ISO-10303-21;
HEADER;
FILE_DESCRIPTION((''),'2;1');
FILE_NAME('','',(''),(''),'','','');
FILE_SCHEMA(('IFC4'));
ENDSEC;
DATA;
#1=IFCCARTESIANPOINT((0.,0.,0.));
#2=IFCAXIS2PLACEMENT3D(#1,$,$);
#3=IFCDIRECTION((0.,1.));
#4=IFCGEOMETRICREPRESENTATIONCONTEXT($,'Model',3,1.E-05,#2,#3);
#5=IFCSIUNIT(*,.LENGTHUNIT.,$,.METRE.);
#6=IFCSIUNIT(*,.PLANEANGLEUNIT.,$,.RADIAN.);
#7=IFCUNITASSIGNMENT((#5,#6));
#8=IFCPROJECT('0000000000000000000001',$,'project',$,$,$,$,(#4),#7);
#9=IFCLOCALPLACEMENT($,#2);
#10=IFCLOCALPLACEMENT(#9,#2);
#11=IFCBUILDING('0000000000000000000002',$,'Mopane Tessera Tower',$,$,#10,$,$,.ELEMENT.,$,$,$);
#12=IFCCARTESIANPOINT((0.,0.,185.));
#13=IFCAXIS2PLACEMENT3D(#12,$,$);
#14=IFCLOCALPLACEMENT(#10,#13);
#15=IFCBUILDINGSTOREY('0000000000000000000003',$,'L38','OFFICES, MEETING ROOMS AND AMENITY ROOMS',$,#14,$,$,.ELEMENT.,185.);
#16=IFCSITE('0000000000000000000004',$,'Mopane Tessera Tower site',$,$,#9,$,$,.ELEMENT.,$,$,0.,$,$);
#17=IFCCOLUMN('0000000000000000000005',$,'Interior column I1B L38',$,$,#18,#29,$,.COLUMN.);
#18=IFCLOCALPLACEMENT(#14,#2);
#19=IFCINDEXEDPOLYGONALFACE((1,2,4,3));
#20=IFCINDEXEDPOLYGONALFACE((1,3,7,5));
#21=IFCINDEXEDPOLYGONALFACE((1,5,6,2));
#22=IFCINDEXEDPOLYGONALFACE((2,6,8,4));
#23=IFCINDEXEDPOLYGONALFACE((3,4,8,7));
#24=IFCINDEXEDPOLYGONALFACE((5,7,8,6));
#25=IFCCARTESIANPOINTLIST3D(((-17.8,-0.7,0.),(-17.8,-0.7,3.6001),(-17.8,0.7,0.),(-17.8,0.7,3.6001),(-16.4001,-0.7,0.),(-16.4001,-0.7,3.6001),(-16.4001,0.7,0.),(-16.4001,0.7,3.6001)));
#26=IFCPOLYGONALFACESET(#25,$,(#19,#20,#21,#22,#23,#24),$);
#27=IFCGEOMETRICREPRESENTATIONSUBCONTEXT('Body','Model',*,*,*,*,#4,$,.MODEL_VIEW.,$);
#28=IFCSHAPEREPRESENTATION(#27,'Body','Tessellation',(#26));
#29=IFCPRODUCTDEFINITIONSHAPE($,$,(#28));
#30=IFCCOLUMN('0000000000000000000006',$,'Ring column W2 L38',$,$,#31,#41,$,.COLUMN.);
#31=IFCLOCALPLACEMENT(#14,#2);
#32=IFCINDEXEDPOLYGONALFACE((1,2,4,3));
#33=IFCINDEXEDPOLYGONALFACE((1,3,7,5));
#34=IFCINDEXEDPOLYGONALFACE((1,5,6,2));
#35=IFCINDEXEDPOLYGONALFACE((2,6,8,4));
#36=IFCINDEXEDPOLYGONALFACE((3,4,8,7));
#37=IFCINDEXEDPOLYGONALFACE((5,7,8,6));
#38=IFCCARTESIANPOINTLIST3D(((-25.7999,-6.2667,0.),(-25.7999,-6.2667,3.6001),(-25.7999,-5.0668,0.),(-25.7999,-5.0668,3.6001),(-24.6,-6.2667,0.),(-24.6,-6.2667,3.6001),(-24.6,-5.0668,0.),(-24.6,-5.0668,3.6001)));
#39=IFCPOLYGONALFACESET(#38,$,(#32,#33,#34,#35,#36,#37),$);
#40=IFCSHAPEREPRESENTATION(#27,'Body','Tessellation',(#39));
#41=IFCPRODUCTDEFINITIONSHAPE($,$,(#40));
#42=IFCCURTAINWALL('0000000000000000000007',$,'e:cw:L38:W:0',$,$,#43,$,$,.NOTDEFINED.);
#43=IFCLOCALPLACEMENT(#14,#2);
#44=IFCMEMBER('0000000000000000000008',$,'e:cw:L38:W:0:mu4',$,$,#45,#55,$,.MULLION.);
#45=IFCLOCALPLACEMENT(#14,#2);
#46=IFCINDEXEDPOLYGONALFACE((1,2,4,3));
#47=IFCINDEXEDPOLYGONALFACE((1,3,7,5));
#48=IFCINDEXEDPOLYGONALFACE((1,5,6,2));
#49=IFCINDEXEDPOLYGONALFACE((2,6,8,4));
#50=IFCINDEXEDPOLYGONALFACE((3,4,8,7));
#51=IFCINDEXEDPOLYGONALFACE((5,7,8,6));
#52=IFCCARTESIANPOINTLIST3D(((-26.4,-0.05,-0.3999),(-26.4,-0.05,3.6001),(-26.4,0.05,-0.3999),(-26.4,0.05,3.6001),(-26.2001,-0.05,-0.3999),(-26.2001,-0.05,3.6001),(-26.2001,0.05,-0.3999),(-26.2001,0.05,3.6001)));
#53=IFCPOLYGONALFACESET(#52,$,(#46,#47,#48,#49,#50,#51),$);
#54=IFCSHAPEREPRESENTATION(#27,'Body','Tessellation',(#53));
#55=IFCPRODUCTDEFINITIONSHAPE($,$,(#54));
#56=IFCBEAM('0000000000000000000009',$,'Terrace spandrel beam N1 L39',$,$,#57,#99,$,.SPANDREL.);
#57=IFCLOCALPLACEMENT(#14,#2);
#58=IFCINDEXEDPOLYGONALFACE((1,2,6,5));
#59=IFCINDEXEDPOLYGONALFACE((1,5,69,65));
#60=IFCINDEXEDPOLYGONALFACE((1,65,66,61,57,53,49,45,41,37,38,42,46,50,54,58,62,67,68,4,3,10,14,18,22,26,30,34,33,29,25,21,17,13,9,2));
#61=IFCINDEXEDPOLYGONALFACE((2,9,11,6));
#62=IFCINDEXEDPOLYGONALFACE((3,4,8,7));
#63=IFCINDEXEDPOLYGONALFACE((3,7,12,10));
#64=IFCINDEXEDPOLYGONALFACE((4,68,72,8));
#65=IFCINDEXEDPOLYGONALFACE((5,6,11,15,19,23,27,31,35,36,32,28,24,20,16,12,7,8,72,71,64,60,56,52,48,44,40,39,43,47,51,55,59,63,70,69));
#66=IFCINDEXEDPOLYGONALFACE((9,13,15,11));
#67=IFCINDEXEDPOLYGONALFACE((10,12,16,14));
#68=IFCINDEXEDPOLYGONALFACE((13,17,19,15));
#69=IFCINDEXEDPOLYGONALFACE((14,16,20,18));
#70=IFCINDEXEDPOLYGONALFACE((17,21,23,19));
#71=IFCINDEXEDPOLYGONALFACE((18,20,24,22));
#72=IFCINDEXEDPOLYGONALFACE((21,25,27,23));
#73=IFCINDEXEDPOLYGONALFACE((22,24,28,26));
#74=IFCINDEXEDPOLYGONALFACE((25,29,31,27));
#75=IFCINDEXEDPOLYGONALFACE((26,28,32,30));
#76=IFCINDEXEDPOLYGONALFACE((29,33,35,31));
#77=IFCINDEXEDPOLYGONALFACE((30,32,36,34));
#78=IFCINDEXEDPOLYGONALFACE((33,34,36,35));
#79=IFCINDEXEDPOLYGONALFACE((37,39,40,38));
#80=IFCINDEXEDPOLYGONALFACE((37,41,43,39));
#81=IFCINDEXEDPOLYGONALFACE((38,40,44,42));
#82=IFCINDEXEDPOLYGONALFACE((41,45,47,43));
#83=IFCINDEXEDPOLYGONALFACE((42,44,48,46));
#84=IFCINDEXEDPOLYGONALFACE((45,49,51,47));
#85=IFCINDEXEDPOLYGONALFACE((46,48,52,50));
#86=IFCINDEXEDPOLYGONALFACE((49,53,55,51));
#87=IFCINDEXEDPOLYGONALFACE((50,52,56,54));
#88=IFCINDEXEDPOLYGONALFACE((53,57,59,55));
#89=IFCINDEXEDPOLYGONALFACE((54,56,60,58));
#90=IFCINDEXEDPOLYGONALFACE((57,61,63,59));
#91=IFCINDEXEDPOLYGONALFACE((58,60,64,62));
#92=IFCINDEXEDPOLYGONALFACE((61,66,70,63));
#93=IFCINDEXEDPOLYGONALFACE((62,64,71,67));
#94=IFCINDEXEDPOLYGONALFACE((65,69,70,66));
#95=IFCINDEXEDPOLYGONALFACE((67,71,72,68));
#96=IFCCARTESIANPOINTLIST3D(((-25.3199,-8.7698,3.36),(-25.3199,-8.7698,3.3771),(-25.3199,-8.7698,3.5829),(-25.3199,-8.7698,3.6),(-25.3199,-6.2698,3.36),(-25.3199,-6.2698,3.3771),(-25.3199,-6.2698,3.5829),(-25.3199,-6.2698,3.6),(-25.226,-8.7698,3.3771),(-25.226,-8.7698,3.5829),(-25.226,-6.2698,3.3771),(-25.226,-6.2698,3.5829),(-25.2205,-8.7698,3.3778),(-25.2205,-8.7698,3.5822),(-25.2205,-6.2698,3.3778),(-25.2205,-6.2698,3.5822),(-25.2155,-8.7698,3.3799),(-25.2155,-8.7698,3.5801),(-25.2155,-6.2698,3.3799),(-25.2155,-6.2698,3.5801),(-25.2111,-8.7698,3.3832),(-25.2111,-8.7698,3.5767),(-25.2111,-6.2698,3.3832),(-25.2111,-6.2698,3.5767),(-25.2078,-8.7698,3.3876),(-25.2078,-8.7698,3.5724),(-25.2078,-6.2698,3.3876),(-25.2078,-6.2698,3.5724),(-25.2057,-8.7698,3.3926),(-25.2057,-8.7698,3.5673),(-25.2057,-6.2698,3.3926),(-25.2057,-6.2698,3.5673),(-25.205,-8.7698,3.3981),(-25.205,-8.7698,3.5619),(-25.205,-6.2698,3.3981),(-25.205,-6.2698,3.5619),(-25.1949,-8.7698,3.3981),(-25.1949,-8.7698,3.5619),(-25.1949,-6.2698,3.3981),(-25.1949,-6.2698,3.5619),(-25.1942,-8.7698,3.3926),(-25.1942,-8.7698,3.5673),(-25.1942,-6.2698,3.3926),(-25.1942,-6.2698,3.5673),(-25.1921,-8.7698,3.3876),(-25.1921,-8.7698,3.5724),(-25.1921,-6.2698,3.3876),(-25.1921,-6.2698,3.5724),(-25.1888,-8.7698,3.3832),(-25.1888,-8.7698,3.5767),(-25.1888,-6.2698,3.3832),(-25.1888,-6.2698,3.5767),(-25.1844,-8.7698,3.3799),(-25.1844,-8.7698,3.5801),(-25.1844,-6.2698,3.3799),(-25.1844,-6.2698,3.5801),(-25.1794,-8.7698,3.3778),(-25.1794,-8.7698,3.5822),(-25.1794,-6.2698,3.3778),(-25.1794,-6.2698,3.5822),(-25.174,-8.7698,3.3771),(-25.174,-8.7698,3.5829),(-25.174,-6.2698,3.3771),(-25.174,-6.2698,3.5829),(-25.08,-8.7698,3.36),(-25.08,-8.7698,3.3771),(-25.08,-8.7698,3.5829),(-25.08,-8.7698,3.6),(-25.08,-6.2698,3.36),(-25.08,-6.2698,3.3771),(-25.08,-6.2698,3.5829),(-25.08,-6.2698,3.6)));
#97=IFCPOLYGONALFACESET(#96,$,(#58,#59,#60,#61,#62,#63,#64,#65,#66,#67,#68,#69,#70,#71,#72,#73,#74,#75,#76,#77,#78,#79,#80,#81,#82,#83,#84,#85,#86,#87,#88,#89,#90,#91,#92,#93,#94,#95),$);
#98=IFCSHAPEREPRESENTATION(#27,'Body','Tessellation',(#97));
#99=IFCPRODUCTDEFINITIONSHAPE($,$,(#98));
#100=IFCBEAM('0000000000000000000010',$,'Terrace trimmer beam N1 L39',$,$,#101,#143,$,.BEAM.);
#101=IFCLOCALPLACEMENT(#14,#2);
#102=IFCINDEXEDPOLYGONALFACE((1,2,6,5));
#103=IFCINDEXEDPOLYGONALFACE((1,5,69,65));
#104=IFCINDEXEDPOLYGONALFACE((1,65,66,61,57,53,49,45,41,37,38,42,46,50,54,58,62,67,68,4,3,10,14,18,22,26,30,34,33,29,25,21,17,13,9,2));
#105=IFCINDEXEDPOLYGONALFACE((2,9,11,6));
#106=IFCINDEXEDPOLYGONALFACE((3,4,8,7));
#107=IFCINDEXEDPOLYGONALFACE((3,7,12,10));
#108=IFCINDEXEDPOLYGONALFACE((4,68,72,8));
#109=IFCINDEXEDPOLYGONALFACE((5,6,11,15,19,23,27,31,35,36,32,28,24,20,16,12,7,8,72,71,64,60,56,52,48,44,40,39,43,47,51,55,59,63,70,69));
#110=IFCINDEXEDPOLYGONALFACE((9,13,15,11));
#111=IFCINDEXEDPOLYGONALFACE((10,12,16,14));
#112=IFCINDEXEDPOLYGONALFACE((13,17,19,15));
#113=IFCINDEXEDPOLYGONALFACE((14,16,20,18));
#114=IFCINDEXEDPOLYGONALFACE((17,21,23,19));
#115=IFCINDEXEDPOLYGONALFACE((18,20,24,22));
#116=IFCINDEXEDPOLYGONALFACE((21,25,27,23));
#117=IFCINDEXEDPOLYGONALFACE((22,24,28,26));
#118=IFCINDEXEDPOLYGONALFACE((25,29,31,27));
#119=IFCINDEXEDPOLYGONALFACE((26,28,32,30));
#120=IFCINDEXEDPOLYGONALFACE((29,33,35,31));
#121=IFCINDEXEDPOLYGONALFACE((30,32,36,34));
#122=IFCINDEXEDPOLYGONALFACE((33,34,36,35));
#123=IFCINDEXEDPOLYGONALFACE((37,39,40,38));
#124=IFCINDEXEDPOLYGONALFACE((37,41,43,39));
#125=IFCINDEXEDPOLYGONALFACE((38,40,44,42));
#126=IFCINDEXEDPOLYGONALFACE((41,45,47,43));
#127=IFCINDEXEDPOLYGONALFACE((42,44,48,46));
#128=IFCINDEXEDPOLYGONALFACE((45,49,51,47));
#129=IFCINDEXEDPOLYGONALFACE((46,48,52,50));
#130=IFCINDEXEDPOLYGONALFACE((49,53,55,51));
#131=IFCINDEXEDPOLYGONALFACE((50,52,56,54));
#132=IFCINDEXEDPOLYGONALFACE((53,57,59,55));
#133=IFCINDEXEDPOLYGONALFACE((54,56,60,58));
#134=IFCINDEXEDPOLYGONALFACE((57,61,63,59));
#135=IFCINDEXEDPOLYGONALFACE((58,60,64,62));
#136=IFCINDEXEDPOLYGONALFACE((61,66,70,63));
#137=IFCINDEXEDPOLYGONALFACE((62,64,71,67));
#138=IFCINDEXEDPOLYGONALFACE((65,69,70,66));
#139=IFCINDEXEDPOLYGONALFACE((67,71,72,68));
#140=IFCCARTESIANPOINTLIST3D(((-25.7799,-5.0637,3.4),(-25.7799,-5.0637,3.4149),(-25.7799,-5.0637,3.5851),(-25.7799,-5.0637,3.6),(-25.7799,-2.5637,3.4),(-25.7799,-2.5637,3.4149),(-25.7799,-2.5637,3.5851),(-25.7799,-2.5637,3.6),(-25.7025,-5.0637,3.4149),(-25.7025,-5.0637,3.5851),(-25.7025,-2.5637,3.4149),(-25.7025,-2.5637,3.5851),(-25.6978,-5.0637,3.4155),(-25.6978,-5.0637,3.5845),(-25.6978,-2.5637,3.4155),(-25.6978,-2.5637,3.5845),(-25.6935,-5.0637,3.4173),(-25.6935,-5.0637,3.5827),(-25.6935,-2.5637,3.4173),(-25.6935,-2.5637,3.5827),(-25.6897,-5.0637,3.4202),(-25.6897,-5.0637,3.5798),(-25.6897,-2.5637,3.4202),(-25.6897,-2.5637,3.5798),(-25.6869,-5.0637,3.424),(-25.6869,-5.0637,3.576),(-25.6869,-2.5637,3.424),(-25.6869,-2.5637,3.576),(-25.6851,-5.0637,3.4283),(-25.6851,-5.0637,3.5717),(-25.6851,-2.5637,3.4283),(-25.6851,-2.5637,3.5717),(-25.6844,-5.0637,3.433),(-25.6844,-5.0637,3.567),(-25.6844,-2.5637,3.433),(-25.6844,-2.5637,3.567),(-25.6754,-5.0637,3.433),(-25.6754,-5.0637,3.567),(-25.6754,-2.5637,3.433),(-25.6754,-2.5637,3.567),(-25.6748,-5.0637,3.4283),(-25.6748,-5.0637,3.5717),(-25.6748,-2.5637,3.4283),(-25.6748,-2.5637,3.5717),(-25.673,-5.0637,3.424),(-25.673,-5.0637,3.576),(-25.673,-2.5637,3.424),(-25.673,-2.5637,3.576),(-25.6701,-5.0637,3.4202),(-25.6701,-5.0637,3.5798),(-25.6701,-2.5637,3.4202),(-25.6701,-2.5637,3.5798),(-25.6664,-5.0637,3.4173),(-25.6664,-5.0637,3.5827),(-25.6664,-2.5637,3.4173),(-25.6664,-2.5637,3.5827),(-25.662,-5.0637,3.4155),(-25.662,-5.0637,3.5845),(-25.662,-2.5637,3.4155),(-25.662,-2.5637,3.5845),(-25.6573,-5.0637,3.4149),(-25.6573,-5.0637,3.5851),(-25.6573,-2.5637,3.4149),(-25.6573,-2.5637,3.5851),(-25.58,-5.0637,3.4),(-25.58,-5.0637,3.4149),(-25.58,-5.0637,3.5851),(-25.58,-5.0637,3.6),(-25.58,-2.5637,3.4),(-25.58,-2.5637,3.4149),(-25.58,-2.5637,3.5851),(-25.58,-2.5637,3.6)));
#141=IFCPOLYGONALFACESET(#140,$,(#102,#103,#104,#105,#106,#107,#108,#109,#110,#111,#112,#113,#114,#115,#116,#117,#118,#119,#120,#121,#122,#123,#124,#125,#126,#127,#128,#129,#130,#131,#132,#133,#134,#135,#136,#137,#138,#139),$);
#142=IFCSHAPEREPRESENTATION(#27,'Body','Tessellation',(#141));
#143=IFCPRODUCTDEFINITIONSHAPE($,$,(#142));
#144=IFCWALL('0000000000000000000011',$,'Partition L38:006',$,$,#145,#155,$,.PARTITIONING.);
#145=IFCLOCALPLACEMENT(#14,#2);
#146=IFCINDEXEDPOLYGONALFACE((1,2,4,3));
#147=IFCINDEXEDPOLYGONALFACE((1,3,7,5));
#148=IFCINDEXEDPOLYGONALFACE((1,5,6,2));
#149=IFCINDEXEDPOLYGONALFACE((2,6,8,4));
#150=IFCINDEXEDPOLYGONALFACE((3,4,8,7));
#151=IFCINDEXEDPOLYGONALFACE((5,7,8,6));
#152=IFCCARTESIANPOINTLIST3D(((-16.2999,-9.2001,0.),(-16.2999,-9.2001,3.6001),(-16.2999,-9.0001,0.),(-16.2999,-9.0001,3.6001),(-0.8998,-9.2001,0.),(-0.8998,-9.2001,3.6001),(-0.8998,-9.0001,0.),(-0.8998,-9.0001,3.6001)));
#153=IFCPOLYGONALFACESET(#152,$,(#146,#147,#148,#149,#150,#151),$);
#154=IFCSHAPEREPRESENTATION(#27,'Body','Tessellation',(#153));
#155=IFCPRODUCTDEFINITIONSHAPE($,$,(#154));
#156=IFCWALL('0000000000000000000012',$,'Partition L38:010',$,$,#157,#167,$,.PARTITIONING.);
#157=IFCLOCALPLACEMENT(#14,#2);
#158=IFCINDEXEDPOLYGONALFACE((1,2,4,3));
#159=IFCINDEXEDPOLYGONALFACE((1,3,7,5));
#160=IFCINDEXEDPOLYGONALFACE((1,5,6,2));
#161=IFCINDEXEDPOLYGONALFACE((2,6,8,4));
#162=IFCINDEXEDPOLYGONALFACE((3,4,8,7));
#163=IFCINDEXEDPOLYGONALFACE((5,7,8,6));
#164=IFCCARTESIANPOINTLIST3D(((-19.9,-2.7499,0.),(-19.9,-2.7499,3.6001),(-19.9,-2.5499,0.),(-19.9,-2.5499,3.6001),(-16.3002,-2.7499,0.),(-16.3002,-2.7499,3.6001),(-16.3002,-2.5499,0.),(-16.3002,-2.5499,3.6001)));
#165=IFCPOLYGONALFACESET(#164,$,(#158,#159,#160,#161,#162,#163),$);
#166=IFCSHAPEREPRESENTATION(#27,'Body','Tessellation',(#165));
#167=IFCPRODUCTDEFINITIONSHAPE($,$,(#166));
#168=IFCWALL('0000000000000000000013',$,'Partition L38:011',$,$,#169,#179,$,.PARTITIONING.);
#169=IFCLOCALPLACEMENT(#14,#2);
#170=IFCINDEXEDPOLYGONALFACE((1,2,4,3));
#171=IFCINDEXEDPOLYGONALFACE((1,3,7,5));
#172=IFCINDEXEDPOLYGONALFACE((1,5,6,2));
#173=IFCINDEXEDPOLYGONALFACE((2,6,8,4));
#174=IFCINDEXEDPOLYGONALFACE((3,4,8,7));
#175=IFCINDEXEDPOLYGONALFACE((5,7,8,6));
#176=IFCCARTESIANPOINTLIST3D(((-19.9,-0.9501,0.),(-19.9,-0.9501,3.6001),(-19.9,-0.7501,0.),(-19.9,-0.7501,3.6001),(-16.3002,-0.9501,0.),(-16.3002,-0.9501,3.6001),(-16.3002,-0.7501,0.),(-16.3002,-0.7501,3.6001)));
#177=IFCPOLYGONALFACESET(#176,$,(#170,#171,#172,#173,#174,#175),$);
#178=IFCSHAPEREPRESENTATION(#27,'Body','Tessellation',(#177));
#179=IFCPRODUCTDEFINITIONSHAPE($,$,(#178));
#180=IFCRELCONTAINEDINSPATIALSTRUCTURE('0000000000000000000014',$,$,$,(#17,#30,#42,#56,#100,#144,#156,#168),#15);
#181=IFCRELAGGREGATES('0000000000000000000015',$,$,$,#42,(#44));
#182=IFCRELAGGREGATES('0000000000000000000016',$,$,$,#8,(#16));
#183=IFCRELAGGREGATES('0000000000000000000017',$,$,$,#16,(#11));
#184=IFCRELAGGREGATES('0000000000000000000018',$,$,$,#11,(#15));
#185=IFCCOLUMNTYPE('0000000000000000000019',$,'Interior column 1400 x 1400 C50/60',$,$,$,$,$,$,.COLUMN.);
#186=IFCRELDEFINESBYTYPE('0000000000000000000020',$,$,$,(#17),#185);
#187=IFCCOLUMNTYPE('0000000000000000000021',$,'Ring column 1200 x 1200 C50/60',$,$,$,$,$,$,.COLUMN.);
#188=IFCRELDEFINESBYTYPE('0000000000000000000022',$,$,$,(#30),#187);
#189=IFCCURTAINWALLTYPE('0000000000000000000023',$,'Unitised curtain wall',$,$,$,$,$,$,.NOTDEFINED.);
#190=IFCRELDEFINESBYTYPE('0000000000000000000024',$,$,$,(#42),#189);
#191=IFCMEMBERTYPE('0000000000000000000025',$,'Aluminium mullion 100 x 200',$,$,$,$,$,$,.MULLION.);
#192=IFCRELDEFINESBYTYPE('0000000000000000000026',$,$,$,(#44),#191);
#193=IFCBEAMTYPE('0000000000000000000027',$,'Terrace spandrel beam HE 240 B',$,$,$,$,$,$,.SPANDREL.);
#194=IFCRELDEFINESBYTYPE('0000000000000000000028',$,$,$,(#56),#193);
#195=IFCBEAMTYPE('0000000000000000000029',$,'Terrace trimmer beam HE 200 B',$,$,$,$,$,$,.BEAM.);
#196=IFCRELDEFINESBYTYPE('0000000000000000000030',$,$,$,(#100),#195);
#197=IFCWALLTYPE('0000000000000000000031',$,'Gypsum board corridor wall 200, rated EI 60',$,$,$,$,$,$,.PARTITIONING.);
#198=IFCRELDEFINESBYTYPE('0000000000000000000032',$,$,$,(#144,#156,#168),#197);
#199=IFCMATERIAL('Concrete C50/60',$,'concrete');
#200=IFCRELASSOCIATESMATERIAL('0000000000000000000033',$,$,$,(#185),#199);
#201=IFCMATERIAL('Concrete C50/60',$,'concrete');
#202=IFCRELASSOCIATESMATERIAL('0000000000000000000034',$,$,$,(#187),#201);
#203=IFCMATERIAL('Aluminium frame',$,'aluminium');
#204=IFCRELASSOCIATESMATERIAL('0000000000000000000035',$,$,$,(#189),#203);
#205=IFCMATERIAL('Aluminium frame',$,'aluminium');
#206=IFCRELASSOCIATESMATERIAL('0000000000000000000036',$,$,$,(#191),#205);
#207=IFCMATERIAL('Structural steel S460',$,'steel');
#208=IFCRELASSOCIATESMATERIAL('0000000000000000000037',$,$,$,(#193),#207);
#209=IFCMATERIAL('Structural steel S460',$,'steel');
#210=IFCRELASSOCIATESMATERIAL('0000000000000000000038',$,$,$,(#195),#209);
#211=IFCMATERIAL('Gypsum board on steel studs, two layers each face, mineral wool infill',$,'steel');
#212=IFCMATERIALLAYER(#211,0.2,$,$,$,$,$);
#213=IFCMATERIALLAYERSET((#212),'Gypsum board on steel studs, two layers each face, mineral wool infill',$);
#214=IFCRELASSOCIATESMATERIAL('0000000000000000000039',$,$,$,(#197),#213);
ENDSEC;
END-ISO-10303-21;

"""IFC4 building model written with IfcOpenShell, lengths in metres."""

from ifc_helpers import new_model, si_unit, direction, frame, frame_2d, origin, origin_2d, place, context, subcontext, project, spatial, rectangle, i_section, extrude, material, layer, layer_set, material_profile, profile_set, type_object, element, aggregate, save


model = new_model("IFC4")

# Units and contexts
model_context = context("Model", 3, precision=1e-05, world=origin(), true_north=direction((0.0, 1.0)))
body_context = subcontext(model_context, "Body", "Model", "MODEL_VIEW")
ifc_project = project(units=[si_unit("LENGTHUNIT", "METRE"), si_unit("PLANEANGLEUNIT", "RADIAN")], contexts=[model_context])

# Site, building, storey
site_placement = place(None, origin())
site = spatial("IfcSite", under=ifc_project, at=site_placement, Name="Mopane Tessera Tower site", CompositionType="ELEMENT", RefElevation=0.0)
building_placement = place(site_placement, origin())
building = spatial("IfcBuilding", under=site, at=building_placement, Name="Mopane Tessera Tower", CompositionType="ELEMENT")
storey_placement = place(building_placement, frame((0.0, 0.0, 185.0)))
storey = spatial("IfcBuildingStorey", under=building, at=storey_placement, Name="L38", Description="OFFICES, MEETING ROOMS AND AMENITY ROOMS", CompositionType="ELEMENT", Elevation=185.0)

# Columns
ifc_material_1 = material(Name="Concrete C50/60", Category="concrete")
ifc_material_profile_1 = material_profile(ifc_material_1, rectangle(XDim=1.3999, YDim=1.3999, at=origin_2d()))
ifc_profile_set_1 = profile_set([ifc_material_profile_1], Name="Concrete C50/60")
column_type_1 = type_object("IfcColumnType", Name="Interior column 1400 x 1400 C50/60", PredefinedType="COLUMN", material=ifc_profile_set_1)
column_1_placement = place(storey_placement, frame((-17.1001, 0.0, 0.0), z_axis=(0.0, 0.0, 1.0), x_axis=(1.0, 0.0, 0.0)))
element("IfcColumn", 1, at=column_1_placement, inside=storey, type_object=column_type_1, Name="Interior column I1B L38", PredefinedType="COLUMN", context=body_context, shape_type="SweptSolid", body=[
    extrude(rectangle(XDim=1.3999, YDim=1.3999, at=origin_2d()), origin(), (0.0, 0.0, 1.0), 3.6001),
])
ifc_material_2 = material(Name="Concrete C50/60", Category="concrete")
ifc_material_profile_2 = material_profile(ifc_material_2, rectangle(XDim=1.2, YDim=1.2, at=origin_2d()))
ifc_profile_set_2 = profile_set([ifc_material_profile_2], Name="Concrete C50/60")
column_type_2 = type_object("IfcColumnType", Name="Ring column 1200 x 1200 C50/60", PredefinedType="COLUMN", material=ifc_profile_set_2)
column_2_placement = place(storey_placement, frame((-25.2, -5.6667, 0.0), z_axis=(0.0, 0.0, 1.0), x_axis=(1.0, 0.0, 0.0)))
element("IfcColumn", 2, at=column_2_placement, inside=storey, type_object=column_type_2, Name="Ring column W2 L38", PredefinedType="COLUMN", context=body_context, shape_type="SweptSolid", body=[
    extrude(rectangle(XDim=1.2, YDim=1.2, at=origin_2d()), origin(), (0.0, 0.0, 1.0), 3.6001),
])

# Curtain wall, member
ifc_material_3 = material(Name="Aluminium frame", Category="aluminium")
curtain_wall_type = type_object("IfcCurtainWallType", Name="Unitised curtain wall", PredefinedType="NOTDEFINED", material=ifc_material_3)
curtain_wall_placement = place(storey_placement, origin())
curtain_wall = element("IfcCurtainWall", 3, at=curtain_wall_placement, inside=storey, type_object=curtain_wall_type, Name="e:cw:L38:W:0", PredefinedType="NOTDEFINED")
ifc_material_4 = material(Name="Aluminium frame", Category="aluminium")
ifc_material_profile_3 = material_profile(ifc_material_4, rectangle(XDim=0.1001, YDim=0.2, at=origin_2d()))
ifc_profile_set_3 = profile_set([ifc_material_profile_3], Name="Aluminium frame")
member_type = type_object("IfcMemberType", Name="Aluminium mullion 100 x 200", PredefinedType="MULLION", material=ifc_profile_set_3)
member_placement = place(storey_placement, frame((-26.3, 0.0, -0.3999), z_axis=(0.0, 0.0, 1.0), x_axis=(0.0, -1.0, 0.0)))
member = element("IfcMember", 4, at=member_placement, type_object=member_type, Name="e:cw:L38:W:0:mu4", PredefinedType="MULLION", context=body_context, shape_type="SweptSolid", body=[
    extrude(rectangle(XDim=0.1001, YDim=0.2, at=origin_2d()), origin(), (0.0, 0.0, 1.0), 4.0),
])
aggregate(curtain_wall, [member])

# Beams
ifc_material_5 = material(Name="Structural steel S460", Category="steel")
ifc_material_profile_4 = material_profile(ifc_material_5, i_section(OverallWidth=0.24, OverallDepth=0.24, WebThickness=0.01, FlangeThickness=0.0171, FilletRadius=0.021, at=origin_2d()))
ifc_profile_set_4 = profile_set([ifc_material_profile_4], Name="Structural steel S460")
beam_type_1 = type_object("IfcBeamType", Name="Terrace spandrel beam HE 240 B", PredefinedType="SPANDREL", material=ifc_profile_set_4)
beam_1_placement = place(storey_placement, frame((-25.2, -6.2698, 3.48), z_axis=(0.0, -1.0, 0.0), x_axis=(1.0, 0.0, 0.0)))
element("IfcBeam", 5, at=beam_1_placement, inside=storey, type_object=beam_type_1, Name="Terrace spandrel beam N1 L39", PredefinedType="SPANDREL", context=body_context, shape_type="SweptSolid", body=[
    extrude(i_section(OverallWidth=0.24, OverallDepth=0.24, WebThickness=0.01, FlangeThickness=0.0171, FilletRadius=0.021, at=origin_2d()), origin(), (0.0, 0.0, 1.0), 2.5),
])
ifc_material_6 = material(Name="Structural steel S460", Category="steel")
ifc_material_profile_5 = material_profile(ifc_material_6, i_section(OverallWidth=0.2, OverallDepth=0.2, WebThickness=0.009, FlangeThickness=0.0149, FilletRadius=0.0181, at=origin_2d()))
ifc_profile_set_5 = profile_set([ifc_material_profile_5], Name="Structural steel S460")
beam_type_2 = type_object("IfcBeamType", Name="Terrace trimmer beam HE 200 B", PredefinedType="BEAM", material=ifc_profile_set_5)
beam_2_placement = place(storey_placement, frame((-25.6799, -5.0637, 3.5), z_axis=(0.0, 1.0, 0.0), x_axis=(-1.0, 0.0, 0.0)))
element("IfcBeam", 6, at=beam_2_placement, inside=storey, type_object=beam_type_2, Name="Terrace trimmer beam N1 L39", PredefinedType="BEAM", context=body_context, shape_type="SweptSolid", body=[
    extrude(i_section(OverallWidth=0.2, OverallDepth=0.2, WebThickness=0.009, FlangeThickness=0.0149, FilletRadius=0.0181, at=origin_2d()), origin(), (0.0, 0.0, 1.0), 2.5),
])

# Walls
ifc_material_7 = material(Name="Gypsum board on steel studs, two layers each face, mineral wool infill", Category="steel")
ifc_layer_1 = layer(ifc_material_7, 0.2)
ifc_layer_set_1 = layer_set([ifc_layer_1], Name="Gypsum board on steel studs, two layers each face, mineral wool infill")
wall_type_1 = type_object("IfcWallType", Name="Gypsum board corridor wall 200, rated EI 60", PredefinedType="PARTITIONING", material=ifc_layer_set_1)
wall_1_placement = place(storey_placement, frame((-16.3, -9.1001, 0.0), z_axis=(0.0, 0.0, 1.0), x_axis=(1.0, 0.0, 0.0)))
element("IfcWall", 7, at=wall_1_placement, inside=storey, type_object=wall_type_1, Name="Partition L38:006", PredefinedType="PARTITIONING", context=body_context, shape_type="SweptSolid", body=[
    extrude(rectangle(XDim=15.4001, YDim=0.2, at=frame_2d((7.7002, 0.0))), origin(), (0.0, 0.0, 1.0), 3.6001),
])
for number, where, z_axis, x_axis, name in (
    (8, (-19.8999, -2.6499, 0.0), (0.0, 0.0, 1.0), (1.0, 0.0, 0.0), "Partition L38:010"),
    (9, (-19.8999, -0.8501, 0.0), (0.0, 0.0, 1.0), (1.0, 0.0, 0.0), "Partition L38:011"),
):
    element("IfcWall", number, at=place(storey_placement, frame(where, z_axis=z_axis, x_axis=x_axis)), inside=storey, type_object=wall_type_1, Name=name, PredefinedType="PARTITIONING", context=body_context, shape_type="SweptSolid", body=[
        extrude(rectangle(XDim=3.5999, YDim=0.2, at=frame_2d((1.7998, 0.0))), origin(), (0.0, 0.0, 1.0), 3.6001),
    ])

save(model, "model.ifc")
